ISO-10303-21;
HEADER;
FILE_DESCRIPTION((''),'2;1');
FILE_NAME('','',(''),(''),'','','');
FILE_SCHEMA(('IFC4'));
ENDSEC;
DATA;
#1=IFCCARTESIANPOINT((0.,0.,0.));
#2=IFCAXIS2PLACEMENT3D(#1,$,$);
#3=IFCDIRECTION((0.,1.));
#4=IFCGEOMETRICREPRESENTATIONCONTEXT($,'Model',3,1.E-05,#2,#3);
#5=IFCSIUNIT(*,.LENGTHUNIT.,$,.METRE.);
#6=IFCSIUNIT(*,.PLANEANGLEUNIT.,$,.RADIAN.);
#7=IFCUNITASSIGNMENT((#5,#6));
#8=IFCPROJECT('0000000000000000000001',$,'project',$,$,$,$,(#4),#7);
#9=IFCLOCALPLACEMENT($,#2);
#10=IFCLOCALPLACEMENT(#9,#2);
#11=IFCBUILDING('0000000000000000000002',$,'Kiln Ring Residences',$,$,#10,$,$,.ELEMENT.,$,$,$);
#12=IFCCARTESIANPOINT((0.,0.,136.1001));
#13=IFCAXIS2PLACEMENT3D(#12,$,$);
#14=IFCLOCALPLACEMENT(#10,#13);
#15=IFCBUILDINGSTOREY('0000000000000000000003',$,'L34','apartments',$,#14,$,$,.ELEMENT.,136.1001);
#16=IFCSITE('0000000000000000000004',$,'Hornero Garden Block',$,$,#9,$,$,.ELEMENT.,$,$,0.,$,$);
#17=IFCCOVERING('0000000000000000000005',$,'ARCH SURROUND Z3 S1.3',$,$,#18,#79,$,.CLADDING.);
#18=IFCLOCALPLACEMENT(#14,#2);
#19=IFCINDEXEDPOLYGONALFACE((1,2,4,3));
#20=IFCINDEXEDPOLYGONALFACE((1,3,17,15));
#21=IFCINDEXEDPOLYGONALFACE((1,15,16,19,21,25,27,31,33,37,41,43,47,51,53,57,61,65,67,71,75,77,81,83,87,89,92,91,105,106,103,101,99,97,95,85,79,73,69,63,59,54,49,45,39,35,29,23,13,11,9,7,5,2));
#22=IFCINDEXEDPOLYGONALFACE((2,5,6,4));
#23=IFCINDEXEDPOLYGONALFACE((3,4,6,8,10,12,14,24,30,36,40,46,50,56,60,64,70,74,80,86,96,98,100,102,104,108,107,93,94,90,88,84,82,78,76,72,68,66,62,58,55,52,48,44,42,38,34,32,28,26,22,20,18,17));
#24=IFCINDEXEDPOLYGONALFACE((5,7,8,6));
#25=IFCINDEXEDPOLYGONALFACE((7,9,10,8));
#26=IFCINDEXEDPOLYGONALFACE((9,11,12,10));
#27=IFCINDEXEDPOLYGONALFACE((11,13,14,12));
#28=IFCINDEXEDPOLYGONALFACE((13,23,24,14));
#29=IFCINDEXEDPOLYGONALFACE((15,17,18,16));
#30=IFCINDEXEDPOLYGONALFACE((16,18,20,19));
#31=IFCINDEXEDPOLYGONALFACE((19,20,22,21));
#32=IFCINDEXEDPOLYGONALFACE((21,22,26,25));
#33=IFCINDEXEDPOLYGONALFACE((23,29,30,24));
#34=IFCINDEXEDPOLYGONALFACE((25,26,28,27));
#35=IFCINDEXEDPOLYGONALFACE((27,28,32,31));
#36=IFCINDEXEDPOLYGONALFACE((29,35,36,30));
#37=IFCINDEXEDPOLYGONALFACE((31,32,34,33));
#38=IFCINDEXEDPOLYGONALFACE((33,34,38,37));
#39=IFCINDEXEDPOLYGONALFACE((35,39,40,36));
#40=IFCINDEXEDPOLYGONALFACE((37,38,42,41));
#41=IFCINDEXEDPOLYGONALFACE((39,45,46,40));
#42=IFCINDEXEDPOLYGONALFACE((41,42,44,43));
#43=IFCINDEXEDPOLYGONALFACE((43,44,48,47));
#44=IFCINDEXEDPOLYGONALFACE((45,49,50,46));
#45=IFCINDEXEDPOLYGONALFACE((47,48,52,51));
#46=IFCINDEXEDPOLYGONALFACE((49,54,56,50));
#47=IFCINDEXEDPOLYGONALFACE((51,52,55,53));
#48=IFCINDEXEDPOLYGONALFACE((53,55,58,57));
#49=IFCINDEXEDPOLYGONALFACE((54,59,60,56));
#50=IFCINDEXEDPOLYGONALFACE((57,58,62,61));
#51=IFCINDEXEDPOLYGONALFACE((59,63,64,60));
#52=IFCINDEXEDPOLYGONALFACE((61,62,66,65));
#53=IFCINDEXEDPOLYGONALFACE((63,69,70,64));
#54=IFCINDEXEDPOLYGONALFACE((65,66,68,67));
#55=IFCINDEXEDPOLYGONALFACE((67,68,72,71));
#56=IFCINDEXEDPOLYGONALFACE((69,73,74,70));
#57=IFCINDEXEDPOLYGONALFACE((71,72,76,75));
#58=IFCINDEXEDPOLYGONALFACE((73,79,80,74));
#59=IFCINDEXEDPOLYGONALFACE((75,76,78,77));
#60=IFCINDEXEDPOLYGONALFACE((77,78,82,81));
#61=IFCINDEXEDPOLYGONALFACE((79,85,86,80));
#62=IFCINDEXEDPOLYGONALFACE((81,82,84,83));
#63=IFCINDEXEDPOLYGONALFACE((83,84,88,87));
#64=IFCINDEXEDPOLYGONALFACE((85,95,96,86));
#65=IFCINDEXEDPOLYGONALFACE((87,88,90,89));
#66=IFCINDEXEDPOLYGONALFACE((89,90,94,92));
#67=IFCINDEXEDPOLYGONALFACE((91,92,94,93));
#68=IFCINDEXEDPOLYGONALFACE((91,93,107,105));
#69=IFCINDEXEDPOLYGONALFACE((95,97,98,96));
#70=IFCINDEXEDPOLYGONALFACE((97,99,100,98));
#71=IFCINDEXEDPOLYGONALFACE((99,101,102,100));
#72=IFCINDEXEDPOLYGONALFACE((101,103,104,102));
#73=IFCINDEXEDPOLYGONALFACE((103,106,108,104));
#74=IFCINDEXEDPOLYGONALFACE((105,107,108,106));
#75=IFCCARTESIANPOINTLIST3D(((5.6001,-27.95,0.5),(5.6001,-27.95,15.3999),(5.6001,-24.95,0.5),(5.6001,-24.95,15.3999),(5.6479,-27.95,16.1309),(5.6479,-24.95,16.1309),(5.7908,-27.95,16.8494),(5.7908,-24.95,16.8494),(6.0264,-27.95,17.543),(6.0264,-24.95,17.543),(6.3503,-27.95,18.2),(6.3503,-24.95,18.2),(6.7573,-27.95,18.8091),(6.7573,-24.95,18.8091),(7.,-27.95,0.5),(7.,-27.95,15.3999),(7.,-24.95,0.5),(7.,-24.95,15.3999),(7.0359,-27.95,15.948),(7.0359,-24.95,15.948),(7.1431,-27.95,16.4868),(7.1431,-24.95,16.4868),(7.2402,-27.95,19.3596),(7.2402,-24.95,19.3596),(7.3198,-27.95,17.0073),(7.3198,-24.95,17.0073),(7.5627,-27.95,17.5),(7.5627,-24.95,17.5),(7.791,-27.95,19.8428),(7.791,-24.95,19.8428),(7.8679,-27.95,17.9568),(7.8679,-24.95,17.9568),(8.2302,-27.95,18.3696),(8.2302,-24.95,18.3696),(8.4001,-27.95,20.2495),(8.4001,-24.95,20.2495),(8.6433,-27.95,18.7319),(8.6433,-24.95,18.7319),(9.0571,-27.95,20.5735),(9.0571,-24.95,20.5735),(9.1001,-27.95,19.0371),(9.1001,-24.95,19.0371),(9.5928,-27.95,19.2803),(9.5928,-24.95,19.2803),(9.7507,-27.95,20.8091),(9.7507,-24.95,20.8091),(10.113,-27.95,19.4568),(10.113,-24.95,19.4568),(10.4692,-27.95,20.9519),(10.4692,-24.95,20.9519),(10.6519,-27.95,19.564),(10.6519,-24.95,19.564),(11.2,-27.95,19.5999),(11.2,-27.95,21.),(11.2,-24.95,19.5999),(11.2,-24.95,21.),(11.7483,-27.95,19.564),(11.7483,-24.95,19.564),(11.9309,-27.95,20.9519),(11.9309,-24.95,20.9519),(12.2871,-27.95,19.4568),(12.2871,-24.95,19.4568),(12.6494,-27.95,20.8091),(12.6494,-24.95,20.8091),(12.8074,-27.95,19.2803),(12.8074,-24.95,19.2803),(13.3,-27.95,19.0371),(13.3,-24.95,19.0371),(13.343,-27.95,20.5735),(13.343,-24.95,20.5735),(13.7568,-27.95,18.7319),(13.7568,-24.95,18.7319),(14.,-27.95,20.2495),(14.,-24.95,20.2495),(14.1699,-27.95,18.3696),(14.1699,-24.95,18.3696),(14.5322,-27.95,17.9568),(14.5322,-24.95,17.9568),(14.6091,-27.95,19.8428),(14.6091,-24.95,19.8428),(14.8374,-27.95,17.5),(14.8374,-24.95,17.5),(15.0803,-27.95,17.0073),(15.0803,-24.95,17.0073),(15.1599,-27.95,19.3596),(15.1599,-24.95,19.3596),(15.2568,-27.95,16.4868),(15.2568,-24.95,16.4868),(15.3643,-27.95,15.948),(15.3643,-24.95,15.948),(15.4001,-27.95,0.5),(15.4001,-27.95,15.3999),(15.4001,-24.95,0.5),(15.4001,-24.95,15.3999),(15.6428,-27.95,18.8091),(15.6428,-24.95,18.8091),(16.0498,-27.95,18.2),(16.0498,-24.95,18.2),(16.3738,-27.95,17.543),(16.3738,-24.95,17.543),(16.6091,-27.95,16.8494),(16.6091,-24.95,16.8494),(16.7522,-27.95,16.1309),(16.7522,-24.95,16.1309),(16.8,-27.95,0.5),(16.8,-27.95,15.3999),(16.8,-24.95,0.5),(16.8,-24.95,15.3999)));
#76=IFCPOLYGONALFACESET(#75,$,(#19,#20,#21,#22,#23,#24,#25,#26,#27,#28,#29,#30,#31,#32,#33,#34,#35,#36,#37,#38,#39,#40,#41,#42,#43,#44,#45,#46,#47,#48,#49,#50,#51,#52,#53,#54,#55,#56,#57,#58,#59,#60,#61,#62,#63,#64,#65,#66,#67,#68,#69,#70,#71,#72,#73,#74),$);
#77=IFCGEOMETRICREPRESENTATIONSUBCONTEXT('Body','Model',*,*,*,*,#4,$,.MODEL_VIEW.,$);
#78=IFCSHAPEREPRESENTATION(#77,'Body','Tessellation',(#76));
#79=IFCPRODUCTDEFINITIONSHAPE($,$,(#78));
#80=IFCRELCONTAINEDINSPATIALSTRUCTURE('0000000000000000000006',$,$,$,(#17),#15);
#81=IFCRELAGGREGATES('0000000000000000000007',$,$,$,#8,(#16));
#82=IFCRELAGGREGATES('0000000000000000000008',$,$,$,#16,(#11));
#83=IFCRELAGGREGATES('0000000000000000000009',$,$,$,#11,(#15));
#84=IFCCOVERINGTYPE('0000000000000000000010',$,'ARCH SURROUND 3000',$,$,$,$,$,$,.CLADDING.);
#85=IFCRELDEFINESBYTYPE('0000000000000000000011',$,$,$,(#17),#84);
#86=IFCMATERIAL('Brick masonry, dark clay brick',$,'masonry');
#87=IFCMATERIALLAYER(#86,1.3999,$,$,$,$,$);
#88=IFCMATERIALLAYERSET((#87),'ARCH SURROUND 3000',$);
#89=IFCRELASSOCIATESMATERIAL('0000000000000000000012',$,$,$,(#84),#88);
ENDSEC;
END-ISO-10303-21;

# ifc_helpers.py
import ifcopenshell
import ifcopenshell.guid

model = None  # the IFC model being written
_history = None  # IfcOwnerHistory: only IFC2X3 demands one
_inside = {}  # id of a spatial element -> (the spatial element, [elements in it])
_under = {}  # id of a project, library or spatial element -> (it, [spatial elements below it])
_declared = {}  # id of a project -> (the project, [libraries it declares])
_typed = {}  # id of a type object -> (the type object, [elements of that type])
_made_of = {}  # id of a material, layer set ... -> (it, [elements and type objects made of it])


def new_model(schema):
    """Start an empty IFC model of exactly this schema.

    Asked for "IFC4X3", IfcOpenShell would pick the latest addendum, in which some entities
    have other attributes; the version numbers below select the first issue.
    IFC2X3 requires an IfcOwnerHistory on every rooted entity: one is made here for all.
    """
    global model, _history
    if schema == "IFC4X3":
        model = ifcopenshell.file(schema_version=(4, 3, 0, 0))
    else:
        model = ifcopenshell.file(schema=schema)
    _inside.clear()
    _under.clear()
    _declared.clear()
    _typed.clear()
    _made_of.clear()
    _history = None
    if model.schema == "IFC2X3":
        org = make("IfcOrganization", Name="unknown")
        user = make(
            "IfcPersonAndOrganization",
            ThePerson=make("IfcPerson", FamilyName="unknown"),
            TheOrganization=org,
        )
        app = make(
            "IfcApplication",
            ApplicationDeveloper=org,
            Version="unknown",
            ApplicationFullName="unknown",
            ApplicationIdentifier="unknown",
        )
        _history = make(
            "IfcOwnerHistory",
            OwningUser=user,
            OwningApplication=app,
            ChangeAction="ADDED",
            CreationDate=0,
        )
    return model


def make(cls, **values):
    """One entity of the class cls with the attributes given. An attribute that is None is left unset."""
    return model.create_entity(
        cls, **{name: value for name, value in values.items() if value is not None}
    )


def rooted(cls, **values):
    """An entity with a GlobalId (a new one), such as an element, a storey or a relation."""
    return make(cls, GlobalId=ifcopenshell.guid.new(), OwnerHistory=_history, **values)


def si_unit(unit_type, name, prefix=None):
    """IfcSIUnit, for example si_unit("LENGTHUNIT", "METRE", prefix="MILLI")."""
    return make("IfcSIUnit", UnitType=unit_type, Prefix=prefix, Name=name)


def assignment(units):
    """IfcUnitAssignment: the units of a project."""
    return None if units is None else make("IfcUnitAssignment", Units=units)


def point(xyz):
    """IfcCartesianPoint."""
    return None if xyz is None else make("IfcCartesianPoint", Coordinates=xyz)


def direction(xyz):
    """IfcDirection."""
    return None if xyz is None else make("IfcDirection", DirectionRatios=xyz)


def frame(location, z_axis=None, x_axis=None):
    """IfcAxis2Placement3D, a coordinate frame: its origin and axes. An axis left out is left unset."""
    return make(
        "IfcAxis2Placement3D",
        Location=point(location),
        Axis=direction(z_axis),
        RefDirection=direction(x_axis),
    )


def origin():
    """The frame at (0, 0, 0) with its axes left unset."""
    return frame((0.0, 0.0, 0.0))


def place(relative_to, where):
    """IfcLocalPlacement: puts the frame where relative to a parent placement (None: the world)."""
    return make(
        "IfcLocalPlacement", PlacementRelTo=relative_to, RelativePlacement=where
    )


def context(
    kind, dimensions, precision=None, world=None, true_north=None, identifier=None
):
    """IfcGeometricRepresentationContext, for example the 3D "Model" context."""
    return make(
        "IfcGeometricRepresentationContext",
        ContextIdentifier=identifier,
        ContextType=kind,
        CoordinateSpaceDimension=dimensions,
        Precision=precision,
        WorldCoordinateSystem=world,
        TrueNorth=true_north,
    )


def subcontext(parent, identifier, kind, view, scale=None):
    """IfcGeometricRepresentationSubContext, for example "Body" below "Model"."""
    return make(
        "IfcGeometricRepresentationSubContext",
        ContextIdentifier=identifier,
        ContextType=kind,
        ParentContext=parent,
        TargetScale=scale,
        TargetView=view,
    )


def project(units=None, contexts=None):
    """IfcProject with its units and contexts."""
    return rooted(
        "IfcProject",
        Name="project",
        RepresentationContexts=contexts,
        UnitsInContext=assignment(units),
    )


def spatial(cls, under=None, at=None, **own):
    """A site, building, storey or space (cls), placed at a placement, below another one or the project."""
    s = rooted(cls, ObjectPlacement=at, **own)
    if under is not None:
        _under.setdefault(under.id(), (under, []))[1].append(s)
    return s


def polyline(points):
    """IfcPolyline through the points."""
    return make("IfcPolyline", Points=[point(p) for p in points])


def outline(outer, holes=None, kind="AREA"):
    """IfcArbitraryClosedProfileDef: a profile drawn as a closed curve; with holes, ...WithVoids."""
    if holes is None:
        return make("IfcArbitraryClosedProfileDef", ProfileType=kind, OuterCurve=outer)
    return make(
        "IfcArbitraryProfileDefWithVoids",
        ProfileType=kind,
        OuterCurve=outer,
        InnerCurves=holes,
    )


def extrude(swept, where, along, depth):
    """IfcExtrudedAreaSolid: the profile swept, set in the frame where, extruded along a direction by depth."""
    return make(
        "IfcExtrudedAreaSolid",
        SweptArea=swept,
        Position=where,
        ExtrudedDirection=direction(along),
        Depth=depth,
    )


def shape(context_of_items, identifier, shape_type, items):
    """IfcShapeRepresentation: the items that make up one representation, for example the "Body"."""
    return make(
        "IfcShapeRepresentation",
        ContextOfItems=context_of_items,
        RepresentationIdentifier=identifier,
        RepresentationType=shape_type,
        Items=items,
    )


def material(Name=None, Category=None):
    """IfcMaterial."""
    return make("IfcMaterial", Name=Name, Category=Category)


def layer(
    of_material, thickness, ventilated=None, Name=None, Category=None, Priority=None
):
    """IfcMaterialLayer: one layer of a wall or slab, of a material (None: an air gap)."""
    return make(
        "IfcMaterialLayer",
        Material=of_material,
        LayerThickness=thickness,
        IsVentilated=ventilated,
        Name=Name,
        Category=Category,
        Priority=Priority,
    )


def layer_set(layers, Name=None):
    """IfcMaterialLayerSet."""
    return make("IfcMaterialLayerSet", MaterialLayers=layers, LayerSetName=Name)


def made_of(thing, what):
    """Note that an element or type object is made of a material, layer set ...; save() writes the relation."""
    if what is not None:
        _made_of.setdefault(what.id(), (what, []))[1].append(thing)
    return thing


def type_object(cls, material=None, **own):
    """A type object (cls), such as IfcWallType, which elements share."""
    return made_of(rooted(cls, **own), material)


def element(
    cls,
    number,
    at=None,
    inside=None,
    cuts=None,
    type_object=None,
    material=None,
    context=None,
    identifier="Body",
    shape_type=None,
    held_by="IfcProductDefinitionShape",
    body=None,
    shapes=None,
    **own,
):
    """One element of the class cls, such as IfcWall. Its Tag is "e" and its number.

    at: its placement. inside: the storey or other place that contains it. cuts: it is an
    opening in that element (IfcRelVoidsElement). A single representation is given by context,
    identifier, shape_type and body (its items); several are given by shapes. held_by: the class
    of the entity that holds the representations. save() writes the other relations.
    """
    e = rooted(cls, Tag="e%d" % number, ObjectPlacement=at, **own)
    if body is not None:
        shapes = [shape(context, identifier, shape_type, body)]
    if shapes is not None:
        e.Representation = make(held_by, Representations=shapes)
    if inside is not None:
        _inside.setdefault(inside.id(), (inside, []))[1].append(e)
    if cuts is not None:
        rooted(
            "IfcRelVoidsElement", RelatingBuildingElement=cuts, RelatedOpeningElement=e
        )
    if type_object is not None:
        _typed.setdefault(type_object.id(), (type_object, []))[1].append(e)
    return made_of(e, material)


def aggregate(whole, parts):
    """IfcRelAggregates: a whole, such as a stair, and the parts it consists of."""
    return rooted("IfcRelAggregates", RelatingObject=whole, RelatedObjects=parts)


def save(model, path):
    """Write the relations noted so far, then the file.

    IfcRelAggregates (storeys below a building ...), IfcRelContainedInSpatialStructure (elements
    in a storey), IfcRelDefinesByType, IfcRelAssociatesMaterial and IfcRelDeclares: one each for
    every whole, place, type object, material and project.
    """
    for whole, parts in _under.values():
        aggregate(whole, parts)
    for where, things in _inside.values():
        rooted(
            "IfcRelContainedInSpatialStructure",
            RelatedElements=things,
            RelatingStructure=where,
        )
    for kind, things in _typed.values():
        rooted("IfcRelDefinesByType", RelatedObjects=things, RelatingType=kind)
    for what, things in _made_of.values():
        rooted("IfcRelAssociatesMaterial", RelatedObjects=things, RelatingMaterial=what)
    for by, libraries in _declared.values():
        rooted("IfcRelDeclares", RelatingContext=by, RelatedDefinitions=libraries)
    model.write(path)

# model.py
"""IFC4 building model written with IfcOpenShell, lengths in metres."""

from ifc_helpers import new_model, si_unit, direction, frame, origin, place, context, subcontext, project, spatial, polyline, outline, extrude, material, layer, layer_set, type_object, element, save


model = new_model("IFC4")

# Units and contexts
model_context = context("Model", 3, precision=1e-05, world=origin(), true_north=direction((0.0, 1.0)))
body_context = subcontext(model_context, "Body", "Model", "MODEL_VIEW")
ifc_project = project(units=[si_unit("LENGTHUNIT", "METRE"), si_unit("PLANEANGLEUNIT", "RADIAN")], contexts=[model_context])

# Site, building, storey
site_placement = place(None, origin())
site = spatial("IfcSite", under=ifc_project, at=site_placement, Name="Hornero Garden Block", CompositionType="ELEMENT", RefElevation=0.0)
building_placement = place(site_placement, origin())
building = spatial("IfcBuilding", under=site, at=building_placement, Name="Kiln Ring Residences", CompositionType="ELEMENT")
storey_placement = place(building_placement, frame((0.0, 0.0, 136.1001)))
storey = spatial("IfcBuildingStorey", under=building, at=storey_placement, Name="L34", Description="apartments", CompositionType="ELEMENT", Elevation=136.1001)

# Covering
ifc_material_1 = material(Name="Brick masonry, dark clay brick", Category="masonry")
ifc_layer_1 = layer(ifc_material_1, 1.3999)
ifc_layer_set_1 = layer_set([ifc_layer_1], Name="ARCH SURROUND 3000")
covering_type = type_object("IfcCoveringType", Name="ARCH SURROUND 3000", PredefinedType="CLADDING", material=ifc_layer_set_1)
covering_1_placement = place(storey_placement, frame((16.8, -26.45, 0.5), z_axis=(0.0, 0.0, 1.0), x_axis=(-1.0, 0.0, 0.0)))
element("IfcCovering", 1, at=covering_1_placement, inside=storey, type_object=covering_type, Name="ARCH SURROUND Z3 S1.3", PredefinedType="CLADDING", context=body_context, shape_type="SweptSolid", body=[
    extrude(outline(polyline([(11.2, 0.0), (11.2, 14.8999), (11.1521, 15.6309), (11.0093, 16.3494), (10.7737, 17.043), (10.4497, 17.7), (10.0427, 18.3091), (9.5598, 18.8596), (9.009, 19.3428), (8.3999, 19.7495), (7.7429, 20.0735), (7.0493, 20.3091), (6.3308, 20.4519), (5.6001, 20.5), (4.8691, 20.4519), (4.1506, 20.3091), (3.457, 20.0735), (2.8, 19.7495), (2.1909, 19.3428), (1.6401, 18.8596), (1.1572, 18.3091), (0.7502, 17.7), (0.4263, 17.043), (0.1909, 16.3494), (0.0479, 15.6309), (0.0, 14.8999), (0.0, 0.0), (1.3999, 0.0), (1.3999, 14.8999), (1.4358, 15.448), (1.5432, 15.9868), (1.7197, 16.5073), (1.9626, 17.0), (2.2678, 17.4568), (2.6301, 17.8696), (3.0432, 18.2319), (3.5, 18.5371), (3.9927, 18.7803), (4.5129, 18.9568), (5.0518, 19.064), (5.6001, 19.0999), (6.1482, 19.064), (6.687, 18.9568), (7.2073, 18.7803), (7.7, 18.5371), (8.1567, 18.2319), (8.5698, 17.8696), (8.9321, 17.4568), (9.2373, 17.0), (9.4802, 16.5073), (9.657, 15.9868), (9.7642, 15.448), (9.8, 14.8999), (9.8, 0.0), (11.2, 0.0)])), frame((0.0, 1.5, 0.0), z_axis=(0.0, -1.0, 0.0), x_axis=(1.0, 0.0, 0.0)), (0.0, 0.0, 1.0), 3.0),
])

save(model, "model.ifc")
